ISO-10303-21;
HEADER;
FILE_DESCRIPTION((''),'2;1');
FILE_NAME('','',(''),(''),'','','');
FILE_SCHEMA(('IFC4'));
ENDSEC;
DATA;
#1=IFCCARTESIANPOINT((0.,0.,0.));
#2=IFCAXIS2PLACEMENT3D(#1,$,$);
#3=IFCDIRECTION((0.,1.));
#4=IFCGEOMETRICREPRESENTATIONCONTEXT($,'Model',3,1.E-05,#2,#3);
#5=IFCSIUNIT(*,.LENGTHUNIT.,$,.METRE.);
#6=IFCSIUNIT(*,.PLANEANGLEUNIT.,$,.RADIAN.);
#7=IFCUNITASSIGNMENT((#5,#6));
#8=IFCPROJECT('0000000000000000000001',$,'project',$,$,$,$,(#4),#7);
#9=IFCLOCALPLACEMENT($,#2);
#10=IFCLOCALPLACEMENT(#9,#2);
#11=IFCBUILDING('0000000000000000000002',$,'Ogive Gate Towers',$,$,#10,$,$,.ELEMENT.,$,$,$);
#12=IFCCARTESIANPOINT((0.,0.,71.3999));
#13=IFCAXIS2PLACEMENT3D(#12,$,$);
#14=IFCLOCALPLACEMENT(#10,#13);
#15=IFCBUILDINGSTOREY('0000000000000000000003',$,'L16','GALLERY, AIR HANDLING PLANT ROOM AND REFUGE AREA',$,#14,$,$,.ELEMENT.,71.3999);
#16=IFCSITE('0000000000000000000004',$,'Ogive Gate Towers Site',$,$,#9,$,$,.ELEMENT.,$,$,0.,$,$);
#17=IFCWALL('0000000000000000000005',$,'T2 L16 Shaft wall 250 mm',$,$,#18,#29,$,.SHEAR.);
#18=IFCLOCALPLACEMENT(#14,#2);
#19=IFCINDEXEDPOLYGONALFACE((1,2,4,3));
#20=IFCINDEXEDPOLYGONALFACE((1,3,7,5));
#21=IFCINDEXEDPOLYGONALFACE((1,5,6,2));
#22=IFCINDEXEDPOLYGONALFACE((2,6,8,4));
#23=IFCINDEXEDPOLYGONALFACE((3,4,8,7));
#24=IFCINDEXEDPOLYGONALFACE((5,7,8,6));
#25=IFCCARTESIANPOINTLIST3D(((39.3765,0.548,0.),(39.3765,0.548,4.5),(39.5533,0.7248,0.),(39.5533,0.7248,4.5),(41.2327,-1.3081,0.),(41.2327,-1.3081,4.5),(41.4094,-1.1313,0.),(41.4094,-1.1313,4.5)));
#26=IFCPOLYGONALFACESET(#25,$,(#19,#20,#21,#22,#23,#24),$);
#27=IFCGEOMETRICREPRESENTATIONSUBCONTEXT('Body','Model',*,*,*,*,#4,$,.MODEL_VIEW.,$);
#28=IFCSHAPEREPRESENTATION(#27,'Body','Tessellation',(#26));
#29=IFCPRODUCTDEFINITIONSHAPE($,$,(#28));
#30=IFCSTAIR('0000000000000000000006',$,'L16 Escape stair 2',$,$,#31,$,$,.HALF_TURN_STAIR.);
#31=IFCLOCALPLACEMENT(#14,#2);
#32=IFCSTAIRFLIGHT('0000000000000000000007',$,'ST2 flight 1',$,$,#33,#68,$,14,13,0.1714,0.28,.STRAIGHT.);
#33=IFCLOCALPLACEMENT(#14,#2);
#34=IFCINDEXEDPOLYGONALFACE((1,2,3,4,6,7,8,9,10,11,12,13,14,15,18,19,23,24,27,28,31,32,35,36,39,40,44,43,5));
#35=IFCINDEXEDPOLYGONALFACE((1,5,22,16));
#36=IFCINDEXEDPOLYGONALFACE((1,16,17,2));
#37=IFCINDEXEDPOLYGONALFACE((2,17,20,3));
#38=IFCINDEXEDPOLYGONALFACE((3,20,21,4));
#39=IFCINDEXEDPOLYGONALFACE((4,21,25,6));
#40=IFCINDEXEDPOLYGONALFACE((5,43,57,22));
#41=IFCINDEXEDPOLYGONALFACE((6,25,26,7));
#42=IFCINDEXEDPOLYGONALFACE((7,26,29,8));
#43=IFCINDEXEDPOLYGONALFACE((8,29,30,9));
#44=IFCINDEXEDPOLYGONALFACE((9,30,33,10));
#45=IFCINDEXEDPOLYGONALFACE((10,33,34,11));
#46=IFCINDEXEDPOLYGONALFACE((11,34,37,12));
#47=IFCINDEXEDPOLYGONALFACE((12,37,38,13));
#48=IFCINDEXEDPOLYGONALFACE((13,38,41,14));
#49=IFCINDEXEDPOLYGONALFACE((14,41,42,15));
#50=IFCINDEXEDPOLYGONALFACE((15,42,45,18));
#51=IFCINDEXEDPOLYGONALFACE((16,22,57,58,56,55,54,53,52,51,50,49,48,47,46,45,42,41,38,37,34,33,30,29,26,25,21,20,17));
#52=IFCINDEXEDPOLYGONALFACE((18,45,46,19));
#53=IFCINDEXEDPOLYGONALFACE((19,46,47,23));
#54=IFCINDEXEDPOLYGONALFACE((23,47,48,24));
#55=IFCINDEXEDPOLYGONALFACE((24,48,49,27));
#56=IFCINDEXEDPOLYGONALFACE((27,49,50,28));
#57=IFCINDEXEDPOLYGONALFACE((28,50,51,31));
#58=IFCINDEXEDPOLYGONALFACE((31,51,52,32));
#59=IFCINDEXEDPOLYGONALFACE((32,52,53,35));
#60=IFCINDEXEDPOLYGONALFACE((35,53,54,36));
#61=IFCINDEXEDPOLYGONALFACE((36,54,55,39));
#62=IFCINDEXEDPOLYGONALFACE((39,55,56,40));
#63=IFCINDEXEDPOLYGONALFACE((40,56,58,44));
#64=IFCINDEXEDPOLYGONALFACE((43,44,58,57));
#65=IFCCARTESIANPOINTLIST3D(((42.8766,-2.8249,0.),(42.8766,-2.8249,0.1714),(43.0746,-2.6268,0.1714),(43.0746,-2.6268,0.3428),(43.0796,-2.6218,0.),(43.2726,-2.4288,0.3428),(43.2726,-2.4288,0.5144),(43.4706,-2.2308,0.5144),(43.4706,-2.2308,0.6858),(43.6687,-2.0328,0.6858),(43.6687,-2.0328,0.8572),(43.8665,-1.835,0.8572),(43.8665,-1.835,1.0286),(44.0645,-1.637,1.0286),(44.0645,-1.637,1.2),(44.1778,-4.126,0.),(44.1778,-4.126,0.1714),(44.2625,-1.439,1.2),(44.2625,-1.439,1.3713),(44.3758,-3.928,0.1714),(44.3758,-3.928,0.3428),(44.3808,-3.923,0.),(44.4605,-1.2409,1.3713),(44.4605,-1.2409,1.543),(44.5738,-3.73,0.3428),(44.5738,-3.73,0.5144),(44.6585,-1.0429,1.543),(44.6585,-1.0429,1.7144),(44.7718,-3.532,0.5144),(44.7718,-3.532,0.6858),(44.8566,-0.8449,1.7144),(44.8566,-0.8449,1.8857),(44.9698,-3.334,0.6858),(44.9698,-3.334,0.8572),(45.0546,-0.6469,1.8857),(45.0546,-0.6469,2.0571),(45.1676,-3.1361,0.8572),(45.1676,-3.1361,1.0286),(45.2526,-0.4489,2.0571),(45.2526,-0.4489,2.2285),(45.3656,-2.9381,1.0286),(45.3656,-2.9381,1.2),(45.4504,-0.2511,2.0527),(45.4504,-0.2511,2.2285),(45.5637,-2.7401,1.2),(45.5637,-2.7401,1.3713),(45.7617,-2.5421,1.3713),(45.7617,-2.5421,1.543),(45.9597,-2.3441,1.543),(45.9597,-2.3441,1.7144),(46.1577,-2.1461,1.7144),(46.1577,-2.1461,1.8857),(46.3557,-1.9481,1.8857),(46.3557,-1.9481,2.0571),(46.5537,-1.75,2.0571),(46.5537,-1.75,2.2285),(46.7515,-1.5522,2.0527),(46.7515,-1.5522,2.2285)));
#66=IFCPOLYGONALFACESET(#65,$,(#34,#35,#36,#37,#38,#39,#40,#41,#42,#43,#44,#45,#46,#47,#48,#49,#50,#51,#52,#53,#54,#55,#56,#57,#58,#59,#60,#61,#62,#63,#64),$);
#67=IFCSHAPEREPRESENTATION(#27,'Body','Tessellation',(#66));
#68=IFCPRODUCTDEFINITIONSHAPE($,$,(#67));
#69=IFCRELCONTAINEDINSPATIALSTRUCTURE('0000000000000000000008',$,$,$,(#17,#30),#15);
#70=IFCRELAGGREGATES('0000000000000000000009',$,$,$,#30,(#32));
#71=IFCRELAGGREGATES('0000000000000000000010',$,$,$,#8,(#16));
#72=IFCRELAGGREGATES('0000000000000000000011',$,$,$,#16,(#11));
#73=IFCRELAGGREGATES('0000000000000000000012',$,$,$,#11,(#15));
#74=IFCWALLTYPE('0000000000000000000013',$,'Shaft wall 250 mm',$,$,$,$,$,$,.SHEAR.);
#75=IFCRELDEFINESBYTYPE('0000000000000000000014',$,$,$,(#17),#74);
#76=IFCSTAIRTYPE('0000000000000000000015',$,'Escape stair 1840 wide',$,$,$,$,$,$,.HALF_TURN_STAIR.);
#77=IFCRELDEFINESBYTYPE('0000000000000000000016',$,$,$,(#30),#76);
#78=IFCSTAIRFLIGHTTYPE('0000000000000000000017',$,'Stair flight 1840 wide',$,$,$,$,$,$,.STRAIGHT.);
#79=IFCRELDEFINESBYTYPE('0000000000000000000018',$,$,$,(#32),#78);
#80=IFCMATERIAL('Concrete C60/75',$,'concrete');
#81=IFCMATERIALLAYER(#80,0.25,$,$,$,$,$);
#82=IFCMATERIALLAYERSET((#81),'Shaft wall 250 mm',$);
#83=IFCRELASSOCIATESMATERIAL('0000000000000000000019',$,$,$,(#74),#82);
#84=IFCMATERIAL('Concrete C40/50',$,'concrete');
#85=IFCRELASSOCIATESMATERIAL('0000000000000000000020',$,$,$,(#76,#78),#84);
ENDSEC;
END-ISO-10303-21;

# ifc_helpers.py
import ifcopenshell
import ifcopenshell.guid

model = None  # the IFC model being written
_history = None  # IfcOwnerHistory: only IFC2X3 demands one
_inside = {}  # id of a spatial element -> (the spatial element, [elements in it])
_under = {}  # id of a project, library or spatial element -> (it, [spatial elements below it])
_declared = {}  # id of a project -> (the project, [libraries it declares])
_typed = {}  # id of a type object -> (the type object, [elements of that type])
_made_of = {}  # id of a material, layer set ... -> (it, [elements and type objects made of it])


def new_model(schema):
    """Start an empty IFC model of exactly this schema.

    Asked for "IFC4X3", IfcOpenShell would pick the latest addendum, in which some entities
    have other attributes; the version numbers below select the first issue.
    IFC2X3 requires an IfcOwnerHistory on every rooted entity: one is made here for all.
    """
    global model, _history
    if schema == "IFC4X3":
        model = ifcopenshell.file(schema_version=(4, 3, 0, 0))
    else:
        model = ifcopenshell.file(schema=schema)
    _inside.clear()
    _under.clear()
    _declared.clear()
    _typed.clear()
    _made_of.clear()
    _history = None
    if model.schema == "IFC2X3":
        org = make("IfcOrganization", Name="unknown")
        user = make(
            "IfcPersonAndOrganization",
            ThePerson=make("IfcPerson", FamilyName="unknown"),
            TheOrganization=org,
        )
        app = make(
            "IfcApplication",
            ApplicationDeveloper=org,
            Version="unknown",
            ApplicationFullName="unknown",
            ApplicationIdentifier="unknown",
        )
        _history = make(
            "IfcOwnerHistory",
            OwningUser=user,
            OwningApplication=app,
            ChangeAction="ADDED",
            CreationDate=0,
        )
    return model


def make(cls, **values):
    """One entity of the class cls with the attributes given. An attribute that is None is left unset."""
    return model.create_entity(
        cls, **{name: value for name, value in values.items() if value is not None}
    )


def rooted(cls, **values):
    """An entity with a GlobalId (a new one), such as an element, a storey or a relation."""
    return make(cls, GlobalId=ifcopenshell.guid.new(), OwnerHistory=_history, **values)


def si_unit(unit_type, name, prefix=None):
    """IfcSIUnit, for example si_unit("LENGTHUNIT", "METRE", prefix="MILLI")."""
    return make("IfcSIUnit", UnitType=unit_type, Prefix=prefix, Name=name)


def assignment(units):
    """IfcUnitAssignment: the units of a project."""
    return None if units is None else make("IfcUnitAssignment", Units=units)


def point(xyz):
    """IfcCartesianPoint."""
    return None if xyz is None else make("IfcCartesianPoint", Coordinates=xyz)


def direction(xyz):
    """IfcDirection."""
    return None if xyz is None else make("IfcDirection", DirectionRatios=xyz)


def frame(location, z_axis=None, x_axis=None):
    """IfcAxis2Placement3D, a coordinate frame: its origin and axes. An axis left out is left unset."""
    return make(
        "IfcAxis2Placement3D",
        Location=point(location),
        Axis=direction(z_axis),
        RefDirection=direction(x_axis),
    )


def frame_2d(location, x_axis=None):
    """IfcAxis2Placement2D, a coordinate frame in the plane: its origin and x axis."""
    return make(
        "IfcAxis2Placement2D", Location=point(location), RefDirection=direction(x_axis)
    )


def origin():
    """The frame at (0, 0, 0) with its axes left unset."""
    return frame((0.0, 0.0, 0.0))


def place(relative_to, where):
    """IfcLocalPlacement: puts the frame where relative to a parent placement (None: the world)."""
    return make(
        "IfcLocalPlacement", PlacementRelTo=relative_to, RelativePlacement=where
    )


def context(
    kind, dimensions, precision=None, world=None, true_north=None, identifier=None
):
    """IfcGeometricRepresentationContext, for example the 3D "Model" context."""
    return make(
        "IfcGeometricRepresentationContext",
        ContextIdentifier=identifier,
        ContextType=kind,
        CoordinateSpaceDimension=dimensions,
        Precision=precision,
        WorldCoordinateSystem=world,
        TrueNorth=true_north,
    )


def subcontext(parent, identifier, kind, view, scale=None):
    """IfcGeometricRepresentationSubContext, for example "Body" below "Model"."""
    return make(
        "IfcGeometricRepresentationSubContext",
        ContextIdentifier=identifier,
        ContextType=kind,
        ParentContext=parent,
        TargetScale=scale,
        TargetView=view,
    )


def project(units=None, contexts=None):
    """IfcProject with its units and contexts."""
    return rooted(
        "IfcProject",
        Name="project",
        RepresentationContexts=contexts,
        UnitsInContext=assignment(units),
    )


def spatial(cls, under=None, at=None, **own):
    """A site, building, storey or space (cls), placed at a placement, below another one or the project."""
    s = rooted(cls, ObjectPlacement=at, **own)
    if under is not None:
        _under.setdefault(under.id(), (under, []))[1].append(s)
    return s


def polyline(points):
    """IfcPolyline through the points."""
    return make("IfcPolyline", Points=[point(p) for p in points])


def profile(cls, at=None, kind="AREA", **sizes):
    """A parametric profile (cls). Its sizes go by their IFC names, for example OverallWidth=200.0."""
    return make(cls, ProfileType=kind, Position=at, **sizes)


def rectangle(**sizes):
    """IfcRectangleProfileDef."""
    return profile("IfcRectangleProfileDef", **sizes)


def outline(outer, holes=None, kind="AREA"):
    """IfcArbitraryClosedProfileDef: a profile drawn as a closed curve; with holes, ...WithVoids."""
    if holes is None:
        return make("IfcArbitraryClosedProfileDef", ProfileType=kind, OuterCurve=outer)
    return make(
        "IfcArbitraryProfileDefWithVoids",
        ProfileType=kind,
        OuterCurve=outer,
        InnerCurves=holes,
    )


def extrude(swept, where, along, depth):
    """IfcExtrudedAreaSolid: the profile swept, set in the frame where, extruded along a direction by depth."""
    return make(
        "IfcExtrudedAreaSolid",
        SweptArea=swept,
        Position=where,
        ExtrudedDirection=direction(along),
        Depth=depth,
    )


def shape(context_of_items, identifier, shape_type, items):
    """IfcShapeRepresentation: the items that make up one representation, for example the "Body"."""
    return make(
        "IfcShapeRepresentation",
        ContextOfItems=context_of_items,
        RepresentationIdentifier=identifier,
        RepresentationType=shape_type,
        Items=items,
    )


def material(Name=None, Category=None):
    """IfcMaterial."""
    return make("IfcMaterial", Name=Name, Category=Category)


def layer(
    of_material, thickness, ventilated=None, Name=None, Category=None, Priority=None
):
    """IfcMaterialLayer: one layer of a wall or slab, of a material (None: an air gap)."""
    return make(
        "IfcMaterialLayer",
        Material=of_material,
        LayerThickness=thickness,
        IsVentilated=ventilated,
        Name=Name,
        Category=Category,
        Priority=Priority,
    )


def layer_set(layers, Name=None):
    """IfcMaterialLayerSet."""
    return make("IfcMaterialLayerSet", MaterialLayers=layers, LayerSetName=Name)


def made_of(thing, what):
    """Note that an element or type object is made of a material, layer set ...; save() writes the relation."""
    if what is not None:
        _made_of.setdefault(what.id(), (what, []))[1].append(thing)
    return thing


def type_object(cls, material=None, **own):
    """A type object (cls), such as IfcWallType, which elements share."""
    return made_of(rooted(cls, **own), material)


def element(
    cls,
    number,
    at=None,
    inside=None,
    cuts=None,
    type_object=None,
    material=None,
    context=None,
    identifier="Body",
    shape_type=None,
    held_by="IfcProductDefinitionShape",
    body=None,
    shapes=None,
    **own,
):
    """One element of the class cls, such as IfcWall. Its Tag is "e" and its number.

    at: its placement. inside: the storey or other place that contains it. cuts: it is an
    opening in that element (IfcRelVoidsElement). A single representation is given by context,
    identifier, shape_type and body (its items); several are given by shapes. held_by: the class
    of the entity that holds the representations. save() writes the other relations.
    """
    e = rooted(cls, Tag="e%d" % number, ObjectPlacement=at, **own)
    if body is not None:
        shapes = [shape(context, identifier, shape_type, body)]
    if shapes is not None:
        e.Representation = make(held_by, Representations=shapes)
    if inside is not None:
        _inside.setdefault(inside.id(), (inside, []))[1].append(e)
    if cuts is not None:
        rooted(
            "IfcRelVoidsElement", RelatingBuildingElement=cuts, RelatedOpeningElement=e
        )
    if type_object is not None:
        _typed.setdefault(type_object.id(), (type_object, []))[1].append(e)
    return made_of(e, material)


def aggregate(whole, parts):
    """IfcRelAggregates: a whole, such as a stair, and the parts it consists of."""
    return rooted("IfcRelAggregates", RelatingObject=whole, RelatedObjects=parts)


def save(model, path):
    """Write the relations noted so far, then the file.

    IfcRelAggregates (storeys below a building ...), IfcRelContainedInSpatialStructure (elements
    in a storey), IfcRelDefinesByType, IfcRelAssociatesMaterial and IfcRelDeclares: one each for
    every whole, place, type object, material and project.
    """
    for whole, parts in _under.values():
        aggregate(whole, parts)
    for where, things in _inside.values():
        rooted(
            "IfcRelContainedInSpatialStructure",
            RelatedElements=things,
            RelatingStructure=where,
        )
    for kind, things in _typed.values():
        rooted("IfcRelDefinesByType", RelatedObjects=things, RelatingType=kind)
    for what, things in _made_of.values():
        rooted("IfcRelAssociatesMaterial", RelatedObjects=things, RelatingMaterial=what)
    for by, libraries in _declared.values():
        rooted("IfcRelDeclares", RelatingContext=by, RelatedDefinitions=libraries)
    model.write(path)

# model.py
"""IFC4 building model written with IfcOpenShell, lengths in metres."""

from ifc_helpers import new_model, si_unit, direction, frame, frame_2d, origin, place, context, subcontext, project, spatial, polyline, rectangle, outline, extrude, material, layer, layer_set, type_object, element, aggregate, save


model = new_model("IFC4")

# Units and contexts
model_context = context("Model", 3, precision=1e-05, world=origin(), true_north=direction((0.0, 1.0)))
body_context = subcontext(model_context, "Body", "Model", "MODEL_VIEW")
ifc_project = project(units=[si_unit("LENGTHUNIT", "METRE"), si_unit("PLANEANGLEUNIT", "RADIAN")], contexts=[model_context])

# Site, building, storey
site_placement = place(None, origin())
site = spatial("IfcSite", under=ifc_project, at=site_placement, Name="Ogive Gate Towers Site", CompositionType="ELEMENT", RefElevation=0.0)
building_placement = place(site_placement, origin())
building = spatial("IfcBuilding", under=site, at=building_placement, Name="Ogive Gate Towers", CompositionType="ELEMENT")
storey_placement = place(building_placement, frame((0.0, 0.0, 71.3999)))
storey = spatial("IfcBuildingStorey", under=building, at=storey_placement, Name="L16", Description="GALLERY, AIR HANDLING PLANT ROOM AND REFUGE AREA", CompositionType="ELEMENT", Elevation=71.3999)

# Shared definitions
ifc_material_1 = material(Name="Concrete C60/75", Category="concrete")
ifc_layer_1 = layer(ifc_material_1, 0.25)
ifc_layer_set_1 = layer_set([ifc_layer_1], Name="Shaft wall 250 mm")
wall_type_1 = type_object("IfcWallType", Name="Shaft wall 250 mm", PredefinedType="SHEAR", material=ifc_layer_set_1)

# Wall
wall_1_placement = place(storey_placement, frame((41.321, -1.2197, 0.0), z_axis=(0.0, 0.0, 1.0), x_axis=(-0.707107, 0.707107, 0.0)))
element("IfcWall", 1, at=wall_1_placement, inside=storey, type_object=wall_type_1, Name="T2 L16 Shaft wall 250 mm", PredefinedType="SHEAR", context=body_context, shape_type="SweptSolid", body=[
    extrude(rectangle(XDim=2.625, YDim=0.25, at=frame_2d((1.3125, 0.0))), origin(), (0.0, 0.0, 1.0), 4.5),
])

# Stair, stair flight
ifc_material_2 = material(Name="Concrete C40/50", Category="concrete")
stair_type = type_object("IfcStairType", Name="Escape stair 1840 wide", PredefinedType="HALF_TURN_STAIR", material=ifc_material_2)
stair_placement = place(storey_placement, origin())
stair = element("IfcStair", 2, at=stair_placement, inside=storey, type_object=stair_type, Name="L16 Escape stair 2", PredefinedType="HALF_TURN_STAIR")
stair_flight_type = type_object("IfcStairFlightType", Name="Stair flight 1840 wide", PredefinedType="STRAIGHT", material=ifc_material_2)
stair_flight_placement = place(storey_placement, frame((43.5271, -3.4753, 0.0), z_axis=(0.0, 0.0, 1.0), x_axis=(0.707107, 0.707107, 0.0)))
stair_flight = element("IfcStairFlight", 3, at=stair_flight_placement, type_object=stair_flight_type, Name="ST2 flight 1", NumberOfRisers=14, NumberOfTreads=13, PredefinedType="STRAIGHT", RiserHeight=0.1714, TreadLength=0.28, context=body_context, shape_type="SweptSolid", body=[
    extrude(outline(polyline([(0.0, 0.0), (0.0, 0.1714), (0.28, 0.1714), (0.28, 0.3428), (0.5601, 0.3428), (0.5601, 0.5144), (0.8401, 0.5144), (0.8401, 0.6858), (1.1201, 0.6858), (1.1201, 0.8572), (1.3999, 0.8572), (1.3999, 1.0286), (1.6799, 1.0286), (1.6799, 1.2), (1.96, 1.2), (1.96, 1.3713), (2.24, 1.3713), (2.24, 1.543), (2.52, 1.543), (2.52, 1.7144), (2.8, 1.7144), (2.8, 1.8857), (3.0801, 1.8857), (3.0801, 2.0571), (3.3601, 2.0571), (3.3601, 2.2285), (3.6399, 2.2285), (3.6399, 2.3999), (3.6399, 2.0527), (0.2871, 0.0), (0.0, 0.0)])), frame((0.0, 0.9199, 0.0), z_axis=(0.0, -1.0, 0.0), x_axis=(1.0, 0.0, 0.0)), (0.0, 0.0, 1.0), 1.8401),
])
aggregate(stair, [stair_flight])

save(model, "model.ifc")
